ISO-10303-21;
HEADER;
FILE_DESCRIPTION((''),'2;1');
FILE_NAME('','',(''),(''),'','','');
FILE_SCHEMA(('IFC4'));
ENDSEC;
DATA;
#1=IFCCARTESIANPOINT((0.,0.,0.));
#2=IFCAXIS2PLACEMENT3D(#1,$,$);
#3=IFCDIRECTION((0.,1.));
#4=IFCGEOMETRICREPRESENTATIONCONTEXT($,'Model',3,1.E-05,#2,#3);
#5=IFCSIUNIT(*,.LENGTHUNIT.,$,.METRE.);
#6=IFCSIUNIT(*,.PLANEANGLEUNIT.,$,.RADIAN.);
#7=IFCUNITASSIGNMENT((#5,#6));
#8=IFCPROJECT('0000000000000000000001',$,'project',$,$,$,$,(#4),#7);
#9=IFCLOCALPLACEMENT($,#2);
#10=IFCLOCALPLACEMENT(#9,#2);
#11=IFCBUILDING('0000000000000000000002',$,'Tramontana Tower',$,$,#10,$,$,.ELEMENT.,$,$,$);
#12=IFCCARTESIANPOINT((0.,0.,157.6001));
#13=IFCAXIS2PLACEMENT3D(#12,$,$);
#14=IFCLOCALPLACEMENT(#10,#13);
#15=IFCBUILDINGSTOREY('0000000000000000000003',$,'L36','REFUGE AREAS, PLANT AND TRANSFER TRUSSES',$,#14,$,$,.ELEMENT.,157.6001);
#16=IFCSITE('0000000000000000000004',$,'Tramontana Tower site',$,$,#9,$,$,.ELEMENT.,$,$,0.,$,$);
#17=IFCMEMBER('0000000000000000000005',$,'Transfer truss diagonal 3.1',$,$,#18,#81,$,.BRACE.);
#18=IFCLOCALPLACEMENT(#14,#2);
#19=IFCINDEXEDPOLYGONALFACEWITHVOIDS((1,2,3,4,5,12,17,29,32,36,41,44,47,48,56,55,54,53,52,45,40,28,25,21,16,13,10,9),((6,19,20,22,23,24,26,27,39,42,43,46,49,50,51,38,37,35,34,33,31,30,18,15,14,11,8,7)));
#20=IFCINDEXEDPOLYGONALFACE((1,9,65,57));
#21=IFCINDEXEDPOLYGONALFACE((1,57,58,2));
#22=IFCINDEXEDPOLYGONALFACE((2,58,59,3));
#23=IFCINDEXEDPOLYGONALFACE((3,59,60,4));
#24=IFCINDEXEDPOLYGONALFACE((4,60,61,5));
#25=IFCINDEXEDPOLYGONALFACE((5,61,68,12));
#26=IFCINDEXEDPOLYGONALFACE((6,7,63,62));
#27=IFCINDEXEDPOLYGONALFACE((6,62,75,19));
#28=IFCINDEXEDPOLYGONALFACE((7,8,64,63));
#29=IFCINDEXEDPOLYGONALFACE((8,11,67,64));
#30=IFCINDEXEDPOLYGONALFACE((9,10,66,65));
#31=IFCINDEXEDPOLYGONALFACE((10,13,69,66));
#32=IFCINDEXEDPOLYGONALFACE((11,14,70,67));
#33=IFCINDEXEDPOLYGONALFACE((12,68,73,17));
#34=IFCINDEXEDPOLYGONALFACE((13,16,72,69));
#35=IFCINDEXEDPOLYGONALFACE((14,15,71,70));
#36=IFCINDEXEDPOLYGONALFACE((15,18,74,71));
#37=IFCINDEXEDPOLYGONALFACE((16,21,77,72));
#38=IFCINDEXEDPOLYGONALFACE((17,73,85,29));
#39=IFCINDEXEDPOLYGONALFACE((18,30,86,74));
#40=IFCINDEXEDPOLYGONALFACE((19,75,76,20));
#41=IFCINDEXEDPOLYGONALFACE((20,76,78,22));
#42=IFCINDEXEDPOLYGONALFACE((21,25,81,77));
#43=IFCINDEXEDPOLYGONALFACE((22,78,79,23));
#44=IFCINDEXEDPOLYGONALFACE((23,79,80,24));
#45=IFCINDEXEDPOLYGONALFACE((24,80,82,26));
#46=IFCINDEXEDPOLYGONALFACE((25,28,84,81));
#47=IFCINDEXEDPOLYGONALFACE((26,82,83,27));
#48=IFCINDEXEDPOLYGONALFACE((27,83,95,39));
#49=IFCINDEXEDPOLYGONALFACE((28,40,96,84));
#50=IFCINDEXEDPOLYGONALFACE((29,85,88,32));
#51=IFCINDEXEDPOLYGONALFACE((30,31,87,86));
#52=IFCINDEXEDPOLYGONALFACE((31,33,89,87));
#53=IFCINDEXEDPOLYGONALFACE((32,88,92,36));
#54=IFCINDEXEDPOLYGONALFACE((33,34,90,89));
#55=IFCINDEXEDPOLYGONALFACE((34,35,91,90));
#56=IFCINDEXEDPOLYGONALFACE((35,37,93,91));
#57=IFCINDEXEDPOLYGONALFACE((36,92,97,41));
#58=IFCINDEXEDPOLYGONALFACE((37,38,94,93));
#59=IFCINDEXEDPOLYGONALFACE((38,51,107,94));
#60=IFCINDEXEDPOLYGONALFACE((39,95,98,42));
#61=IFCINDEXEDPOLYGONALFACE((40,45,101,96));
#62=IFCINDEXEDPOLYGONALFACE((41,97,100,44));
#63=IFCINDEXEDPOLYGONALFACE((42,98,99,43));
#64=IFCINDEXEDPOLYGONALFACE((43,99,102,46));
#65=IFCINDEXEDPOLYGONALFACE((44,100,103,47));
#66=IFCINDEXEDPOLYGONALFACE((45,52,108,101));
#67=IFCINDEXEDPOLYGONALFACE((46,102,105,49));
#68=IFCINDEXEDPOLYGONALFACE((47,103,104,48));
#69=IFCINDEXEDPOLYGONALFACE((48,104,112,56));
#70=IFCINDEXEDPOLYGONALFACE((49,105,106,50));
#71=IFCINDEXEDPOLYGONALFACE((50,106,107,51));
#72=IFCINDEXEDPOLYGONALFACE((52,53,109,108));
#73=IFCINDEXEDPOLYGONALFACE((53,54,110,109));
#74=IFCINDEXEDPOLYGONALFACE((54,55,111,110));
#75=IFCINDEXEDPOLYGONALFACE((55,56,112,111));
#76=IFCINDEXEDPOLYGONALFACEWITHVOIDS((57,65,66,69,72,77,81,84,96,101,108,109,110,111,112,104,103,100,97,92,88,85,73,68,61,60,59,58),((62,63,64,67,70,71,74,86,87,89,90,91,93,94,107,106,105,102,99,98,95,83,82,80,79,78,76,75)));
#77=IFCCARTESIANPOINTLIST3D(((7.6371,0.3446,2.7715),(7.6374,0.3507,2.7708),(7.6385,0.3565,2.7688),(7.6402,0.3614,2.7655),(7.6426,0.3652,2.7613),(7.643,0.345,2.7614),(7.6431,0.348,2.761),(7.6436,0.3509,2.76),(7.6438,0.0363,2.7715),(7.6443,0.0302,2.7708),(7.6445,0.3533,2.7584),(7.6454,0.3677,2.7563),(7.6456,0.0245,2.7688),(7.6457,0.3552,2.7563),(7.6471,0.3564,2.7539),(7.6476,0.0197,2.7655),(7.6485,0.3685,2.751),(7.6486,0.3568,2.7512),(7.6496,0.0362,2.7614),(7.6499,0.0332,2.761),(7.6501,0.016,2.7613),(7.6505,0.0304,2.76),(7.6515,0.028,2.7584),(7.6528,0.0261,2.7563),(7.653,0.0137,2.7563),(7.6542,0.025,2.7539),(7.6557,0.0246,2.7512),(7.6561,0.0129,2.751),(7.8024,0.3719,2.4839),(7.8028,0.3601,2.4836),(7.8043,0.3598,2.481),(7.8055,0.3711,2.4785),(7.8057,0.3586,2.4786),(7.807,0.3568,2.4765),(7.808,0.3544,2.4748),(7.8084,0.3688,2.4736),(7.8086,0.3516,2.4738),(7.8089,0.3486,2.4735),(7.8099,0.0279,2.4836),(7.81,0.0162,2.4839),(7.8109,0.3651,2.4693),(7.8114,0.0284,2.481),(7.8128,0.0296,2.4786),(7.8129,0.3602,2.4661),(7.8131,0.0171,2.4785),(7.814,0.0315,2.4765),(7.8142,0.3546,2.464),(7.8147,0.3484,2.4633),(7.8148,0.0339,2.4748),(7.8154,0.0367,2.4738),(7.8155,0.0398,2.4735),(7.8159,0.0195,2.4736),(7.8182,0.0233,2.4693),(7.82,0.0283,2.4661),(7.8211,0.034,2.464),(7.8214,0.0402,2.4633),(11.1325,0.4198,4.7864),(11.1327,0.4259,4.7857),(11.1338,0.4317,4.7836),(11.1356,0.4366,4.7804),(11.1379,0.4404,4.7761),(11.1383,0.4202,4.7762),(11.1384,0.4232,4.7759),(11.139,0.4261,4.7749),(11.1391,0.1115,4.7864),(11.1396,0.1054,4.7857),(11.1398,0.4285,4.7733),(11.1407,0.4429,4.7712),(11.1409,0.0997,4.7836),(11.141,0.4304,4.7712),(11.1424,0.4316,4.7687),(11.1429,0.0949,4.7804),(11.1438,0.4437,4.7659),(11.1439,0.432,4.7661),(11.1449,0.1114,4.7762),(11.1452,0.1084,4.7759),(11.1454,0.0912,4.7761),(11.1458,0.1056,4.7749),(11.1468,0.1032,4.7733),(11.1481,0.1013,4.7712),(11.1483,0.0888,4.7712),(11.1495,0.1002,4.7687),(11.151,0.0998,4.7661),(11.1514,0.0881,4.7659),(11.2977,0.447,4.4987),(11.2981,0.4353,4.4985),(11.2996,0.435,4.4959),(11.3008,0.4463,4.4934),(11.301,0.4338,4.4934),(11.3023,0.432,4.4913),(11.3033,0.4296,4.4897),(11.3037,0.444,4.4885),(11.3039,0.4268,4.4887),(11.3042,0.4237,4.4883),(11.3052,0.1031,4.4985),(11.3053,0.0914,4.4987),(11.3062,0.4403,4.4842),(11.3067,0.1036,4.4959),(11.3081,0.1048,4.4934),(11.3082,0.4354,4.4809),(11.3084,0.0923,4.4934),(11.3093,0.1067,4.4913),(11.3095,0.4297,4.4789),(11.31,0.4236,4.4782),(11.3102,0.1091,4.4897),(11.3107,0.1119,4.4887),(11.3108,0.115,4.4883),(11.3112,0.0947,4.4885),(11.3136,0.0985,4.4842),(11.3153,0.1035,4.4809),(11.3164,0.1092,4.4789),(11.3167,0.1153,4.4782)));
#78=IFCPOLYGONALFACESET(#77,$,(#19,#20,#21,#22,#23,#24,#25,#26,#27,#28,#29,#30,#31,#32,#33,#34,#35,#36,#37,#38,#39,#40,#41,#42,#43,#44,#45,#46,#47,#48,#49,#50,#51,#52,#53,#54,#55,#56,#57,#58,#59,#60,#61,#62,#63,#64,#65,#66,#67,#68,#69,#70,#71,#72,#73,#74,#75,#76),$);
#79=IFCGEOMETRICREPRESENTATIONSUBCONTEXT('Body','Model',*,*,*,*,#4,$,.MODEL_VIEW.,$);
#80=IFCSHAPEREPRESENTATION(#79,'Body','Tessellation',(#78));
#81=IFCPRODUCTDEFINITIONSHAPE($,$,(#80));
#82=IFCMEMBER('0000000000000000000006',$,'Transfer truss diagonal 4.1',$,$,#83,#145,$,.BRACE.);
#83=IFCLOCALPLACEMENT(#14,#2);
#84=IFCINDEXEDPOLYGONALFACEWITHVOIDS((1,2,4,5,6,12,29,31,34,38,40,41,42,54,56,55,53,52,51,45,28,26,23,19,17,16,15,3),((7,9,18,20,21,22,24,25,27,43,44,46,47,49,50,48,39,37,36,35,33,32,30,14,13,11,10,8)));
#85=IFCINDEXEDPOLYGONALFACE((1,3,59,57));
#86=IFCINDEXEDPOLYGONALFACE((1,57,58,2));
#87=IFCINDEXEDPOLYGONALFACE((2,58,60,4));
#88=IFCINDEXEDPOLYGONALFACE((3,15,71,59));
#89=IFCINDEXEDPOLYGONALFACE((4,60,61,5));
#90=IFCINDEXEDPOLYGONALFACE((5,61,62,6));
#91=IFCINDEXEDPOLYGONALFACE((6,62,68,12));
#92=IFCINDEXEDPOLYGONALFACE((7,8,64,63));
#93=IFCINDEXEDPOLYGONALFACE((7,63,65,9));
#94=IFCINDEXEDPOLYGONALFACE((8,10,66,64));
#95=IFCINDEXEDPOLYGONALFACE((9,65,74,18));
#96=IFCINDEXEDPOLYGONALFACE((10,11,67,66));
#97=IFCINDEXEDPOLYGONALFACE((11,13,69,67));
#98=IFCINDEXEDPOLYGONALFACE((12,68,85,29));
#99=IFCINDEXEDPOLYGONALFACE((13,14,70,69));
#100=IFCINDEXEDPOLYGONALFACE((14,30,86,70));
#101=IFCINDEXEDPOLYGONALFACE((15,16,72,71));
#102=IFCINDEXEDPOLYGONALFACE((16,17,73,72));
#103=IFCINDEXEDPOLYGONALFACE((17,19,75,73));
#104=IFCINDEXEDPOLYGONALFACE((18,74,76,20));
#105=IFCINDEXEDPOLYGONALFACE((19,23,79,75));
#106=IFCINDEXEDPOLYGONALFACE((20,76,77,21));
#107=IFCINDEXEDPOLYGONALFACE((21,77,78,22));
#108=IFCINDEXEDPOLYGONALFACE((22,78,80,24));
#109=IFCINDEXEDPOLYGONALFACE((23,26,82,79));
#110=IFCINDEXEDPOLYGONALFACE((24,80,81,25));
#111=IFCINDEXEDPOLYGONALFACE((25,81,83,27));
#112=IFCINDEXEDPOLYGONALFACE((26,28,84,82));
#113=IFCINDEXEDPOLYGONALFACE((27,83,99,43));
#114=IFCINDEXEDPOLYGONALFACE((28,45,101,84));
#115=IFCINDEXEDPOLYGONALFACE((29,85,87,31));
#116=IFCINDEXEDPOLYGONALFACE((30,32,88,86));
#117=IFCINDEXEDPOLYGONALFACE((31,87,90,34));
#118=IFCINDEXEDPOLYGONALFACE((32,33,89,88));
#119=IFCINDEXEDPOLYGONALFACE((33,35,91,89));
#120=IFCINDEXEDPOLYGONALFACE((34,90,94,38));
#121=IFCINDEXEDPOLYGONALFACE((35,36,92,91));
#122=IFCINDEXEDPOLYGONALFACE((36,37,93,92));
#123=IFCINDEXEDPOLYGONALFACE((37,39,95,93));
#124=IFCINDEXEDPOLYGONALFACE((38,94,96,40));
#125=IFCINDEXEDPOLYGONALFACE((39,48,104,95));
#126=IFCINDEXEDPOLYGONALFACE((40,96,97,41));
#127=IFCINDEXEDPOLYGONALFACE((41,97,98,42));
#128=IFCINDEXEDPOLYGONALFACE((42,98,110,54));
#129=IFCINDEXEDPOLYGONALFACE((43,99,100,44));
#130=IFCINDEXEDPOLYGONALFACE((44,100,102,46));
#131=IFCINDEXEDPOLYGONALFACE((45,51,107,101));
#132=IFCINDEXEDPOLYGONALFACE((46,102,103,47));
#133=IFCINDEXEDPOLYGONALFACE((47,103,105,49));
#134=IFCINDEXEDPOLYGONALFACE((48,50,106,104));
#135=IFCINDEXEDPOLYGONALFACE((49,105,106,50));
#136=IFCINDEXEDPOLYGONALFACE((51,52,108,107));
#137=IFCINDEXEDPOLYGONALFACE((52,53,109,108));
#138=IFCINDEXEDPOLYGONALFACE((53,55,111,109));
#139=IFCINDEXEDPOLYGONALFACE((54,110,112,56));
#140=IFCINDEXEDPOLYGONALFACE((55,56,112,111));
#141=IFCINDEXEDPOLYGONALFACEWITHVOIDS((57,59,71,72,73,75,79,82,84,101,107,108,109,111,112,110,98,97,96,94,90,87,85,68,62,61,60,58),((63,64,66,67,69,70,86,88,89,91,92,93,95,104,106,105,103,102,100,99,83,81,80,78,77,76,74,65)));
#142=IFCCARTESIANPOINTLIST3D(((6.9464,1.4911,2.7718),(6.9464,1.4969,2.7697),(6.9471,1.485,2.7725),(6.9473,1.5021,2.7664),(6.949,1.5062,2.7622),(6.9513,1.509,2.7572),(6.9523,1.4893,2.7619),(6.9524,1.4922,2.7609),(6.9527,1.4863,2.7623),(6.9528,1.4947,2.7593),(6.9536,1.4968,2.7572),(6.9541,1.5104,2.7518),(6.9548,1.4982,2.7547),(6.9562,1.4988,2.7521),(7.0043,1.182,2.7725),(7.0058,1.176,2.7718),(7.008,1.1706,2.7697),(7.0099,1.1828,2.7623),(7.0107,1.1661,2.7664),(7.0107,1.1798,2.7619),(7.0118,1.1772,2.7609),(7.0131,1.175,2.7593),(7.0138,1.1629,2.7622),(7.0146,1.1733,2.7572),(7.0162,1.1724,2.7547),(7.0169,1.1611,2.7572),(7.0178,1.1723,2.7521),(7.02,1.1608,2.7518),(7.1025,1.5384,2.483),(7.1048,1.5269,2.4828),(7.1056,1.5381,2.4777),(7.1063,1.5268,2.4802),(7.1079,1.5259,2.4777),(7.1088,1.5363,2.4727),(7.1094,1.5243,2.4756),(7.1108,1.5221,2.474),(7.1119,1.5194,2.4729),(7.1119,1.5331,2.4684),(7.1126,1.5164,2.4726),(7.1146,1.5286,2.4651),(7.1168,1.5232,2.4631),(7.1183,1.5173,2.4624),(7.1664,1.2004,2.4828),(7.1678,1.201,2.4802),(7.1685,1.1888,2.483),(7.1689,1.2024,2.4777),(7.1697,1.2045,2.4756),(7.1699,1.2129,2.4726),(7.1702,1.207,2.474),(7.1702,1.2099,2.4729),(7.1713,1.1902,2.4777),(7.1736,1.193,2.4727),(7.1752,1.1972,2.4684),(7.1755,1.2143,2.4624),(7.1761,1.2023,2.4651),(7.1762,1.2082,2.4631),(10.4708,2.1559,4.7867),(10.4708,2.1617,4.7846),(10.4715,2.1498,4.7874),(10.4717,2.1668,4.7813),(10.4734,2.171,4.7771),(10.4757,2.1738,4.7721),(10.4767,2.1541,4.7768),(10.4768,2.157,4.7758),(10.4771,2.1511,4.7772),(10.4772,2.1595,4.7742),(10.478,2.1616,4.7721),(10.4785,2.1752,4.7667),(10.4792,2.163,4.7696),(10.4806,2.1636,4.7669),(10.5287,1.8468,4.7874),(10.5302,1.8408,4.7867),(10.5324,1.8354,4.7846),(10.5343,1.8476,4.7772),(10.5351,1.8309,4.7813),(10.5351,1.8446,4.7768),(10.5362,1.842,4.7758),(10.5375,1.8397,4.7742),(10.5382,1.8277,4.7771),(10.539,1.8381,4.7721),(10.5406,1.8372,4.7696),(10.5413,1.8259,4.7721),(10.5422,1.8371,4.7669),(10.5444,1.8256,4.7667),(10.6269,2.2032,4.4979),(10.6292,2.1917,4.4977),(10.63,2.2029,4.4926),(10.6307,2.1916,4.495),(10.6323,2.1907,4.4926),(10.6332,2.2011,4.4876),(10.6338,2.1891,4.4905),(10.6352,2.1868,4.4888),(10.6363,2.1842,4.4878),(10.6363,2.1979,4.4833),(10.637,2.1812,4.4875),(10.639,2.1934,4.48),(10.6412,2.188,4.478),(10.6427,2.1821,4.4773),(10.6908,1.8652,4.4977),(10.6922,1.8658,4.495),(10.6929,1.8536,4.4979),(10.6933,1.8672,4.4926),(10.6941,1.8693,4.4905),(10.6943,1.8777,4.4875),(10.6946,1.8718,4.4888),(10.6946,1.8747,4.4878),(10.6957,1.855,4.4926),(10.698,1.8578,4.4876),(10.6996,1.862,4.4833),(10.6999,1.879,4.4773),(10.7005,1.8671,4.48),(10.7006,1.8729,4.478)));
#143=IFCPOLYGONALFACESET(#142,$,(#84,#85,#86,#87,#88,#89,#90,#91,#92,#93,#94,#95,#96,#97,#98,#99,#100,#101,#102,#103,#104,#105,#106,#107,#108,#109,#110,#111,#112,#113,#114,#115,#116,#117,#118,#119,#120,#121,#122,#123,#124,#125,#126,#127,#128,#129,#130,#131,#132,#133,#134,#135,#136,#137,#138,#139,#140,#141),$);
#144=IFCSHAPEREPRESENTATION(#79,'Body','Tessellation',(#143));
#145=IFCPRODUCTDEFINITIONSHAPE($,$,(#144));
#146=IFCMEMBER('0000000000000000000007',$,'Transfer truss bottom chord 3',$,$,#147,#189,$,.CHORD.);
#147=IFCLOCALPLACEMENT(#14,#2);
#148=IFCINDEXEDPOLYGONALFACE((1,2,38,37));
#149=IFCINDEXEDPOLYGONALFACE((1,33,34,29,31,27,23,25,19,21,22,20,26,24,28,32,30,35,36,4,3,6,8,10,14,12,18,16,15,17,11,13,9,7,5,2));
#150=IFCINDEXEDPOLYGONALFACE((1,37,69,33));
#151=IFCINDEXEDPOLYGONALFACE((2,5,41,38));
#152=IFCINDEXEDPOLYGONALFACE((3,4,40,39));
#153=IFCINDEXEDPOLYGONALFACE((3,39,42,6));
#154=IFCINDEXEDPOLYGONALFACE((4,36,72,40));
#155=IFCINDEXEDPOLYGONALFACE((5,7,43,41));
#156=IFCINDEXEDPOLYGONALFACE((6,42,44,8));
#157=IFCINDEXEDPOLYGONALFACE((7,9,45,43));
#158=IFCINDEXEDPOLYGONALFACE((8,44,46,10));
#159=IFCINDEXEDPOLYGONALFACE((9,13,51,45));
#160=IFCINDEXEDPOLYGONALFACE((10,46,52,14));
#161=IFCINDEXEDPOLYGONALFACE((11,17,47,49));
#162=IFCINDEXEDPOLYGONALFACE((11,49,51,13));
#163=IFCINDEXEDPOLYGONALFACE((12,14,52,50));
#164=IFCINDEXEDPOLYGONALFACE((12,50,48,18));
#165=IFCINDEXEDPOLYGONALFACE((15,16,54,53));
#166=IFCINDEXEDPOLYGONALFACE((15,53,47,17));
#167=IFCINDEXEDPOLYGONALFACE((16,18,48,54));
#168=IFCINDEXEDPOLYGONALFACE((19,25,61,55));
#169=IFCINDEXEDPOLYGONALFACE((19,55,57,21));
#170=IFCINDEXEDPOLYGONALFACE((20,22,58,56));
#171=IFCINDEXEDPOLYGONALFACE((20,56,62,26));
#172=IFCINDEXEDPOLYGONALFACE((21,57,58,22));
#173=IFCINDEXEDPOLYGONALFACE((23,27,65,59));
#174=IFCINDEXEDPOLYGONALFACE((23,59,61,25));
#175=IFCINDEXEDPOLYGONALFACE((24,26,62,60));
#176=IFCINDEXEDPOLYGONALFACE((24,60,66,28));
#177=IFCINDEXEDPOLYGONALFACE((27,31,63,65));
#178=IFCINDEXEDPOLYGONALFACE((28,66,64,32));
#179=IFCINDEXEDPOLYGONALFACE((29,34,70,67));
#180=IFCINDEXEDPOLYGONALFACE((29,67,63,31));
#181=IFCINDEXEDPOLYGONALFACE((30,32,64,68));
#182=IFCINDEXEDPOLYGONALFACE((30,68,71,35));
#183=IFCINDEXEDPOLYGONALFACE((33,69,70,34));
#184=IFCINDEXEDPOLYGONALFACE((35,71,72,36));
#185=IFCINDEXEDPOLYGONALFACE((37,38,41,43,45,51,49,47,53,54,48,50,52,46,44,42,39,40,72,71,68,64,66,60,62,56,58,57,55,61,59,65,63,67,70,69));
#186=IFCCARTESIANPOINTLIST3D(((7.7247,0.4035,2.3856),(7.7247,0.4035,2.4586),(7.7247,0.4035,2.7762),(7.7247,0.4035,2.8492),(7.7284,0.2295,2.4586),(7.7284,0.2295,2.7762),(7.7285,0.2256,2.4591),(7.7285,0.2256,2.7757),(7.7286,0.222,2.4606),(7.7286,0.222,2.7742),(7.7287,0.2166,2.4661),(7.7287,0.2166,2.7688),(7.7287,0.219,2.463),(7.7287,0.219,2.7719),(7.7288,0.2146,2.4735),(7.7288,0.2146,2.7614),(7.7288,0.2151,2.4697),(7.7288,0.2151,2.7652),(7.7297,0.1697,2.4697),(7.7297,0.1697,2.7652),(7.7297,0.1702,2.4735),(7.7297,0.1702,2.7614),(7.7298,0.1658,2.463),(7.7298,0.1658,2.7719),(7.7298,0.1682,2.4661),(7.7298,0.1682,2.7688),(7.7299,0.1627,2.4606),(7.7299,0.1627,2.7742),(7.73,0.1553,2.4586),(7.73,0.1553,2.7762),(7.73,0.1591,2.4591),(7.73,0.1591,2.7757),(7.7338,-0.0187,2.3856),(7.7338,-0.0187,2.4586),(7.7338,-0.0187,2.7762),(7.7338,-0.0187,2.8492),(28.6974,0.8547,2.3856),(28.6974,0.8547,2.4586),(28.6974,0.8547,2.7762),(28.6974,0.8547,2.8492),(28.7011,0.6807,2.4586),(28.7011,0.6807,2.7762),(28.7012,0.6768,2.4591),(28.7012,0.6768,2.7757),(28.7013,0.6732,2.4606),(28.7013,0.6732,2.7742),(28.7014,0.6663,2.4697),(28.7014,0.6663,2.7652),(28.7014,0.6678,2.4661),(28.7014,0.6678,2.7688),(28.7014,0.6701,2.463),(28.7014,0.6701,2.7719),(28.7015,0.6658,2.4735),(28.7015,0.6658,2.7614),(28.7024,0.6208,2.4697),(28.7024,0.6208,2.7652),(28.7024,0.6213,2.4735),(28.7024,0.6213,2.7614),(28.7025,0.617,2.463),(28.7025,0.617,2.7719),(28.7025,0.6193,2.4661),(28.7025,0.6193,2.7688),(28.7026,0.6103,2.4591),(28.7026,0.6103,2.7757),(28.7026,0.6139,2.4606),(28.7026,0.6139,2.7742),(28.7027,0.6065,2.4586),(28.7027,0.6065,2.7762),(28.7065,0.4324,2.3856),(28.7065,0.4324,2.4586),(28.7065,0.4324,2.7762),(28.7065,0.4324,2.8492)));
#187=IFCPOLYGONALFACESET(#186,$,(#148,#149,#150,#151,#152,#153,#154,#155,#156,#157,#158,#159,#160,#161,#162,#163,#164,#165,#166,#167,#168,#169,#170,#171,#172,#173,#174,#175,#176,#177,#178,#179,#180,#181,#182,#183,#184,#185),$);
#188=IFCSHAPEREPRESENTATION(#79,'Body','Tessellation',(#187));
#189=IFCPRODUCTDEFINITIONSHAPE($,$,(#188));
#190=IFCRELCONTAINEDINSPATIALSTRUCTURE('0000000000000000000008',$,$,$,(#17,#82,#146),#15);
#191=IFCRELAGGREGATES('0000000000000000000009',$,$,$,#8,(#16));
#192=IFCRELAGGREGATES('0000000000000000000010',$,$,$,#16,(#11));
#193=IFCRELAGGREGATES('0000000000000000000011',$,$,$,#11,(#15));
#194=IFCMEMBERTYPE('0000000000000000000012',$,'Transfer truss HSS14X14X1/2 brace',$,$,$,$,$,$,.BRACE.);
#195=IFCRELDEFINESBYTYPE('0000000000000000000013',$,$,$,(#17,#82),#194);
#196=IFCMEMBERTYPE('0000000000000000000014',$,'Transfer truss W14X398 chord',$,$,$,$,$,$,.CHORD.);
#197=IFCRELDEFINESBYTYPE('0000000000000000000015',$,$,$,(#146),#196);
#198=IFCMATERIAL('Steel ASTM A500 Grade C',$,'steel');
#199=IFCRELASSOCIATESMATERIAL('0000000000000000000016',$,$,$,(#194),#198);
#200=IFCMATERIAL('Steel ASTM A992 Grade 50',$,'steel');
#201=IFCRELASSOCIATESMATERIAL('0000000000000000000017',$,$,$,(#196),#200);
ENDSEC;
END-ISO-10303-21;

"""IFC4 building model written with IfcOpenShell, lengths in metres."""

from ifc_helpers import new_model, si_unit, direction, frame, origin, origin_2d, place, context, subcontext, project, spatial, hollow_rectangle, i_section, extrude, material, material_profile, profile_set, type_object, element, save


model = new_model("IFC4")

# Units and contexts
model_context = context("Model", 3, precision=1e-05, world=origin(), true_north=direction((0.0, 1.0)))
body_context = subcontext(model_context, "Body", "Model", "MODEL_VIEW")
ifc_project = project(units=[si_unit("LENGTHUNIT", "METRE"), si_unit("PLANEANGLEUNIT", "RADIAN")], contexts=[model_context])

# Site, building, storey
site_placement = place(None, origin())
site = spatial("IfcSite", under=ifc_project, at=site_placement, Name="Tramontana Tower site", CompositionType="ELEMENT", RefElevation=0.0)
building_placement = place(site_placement, origin())
building = spatial("IfcBuilding", under=site, at=building_placement, Name="Tramontana Tower", CompositionType="ELEMENT")
storey_placement = place(building_placement, frame((0.0, 0.0, 157.6001)))
storey = spatial("IfcBuildingStorey", under=building, at=storey_placement, Name="L36", Description="REFUGE AREAS, PLANT AND TRANSFER TRUSSES", CompositionType="ELEMENT", Elevation=157.6001)

# Members
ifc_material_1 = material(Name="Steel ASTM A500 Grade C", Category="steel")
ifc_material_profile_1 = material_profile(ifc_material_1, hollow_rectangle(XDim=0.3557, YDim=0.3557, WallThickness=0.0117, InnerFilletRadius=0.0117, OuterFilletRadius=0.0237, at=origin_2d()), Name="HSS14X14X1/2")
ifc_profile_set_1 = profile_set([ifc_material_profile_1], Name="Steel ASTM A500 Grade C")
member_type_1 = type_object("IfcMemberType", Name="Transfer truss HSS14X14X1/2 brace", PredefinedType="BRACE", material=ifc_profile_set_1)
member_1_placement = place(storey_placement, frame((7.7292, 0.1924, 2.6174), z_axis=(0.866213, 0.018635, 0.499327), x_axis=(-0.021508, 0.999769, 0.0)))
element("IfcMember", 1, at=member_1_placement, inside=storey, type_object=member_type_1, Name="Transfer truss diagonal 3.1", PredefinedType="BRACE", context=body_context, shape_type="SweptSolid", body=[
    extrude(hollow_rectangle(XDim=0.3557, YDim=0.3557, WallThickness=0.0117, InnerFilletRadius=0.0117, OuterFilletRadius=0.0237, at=origin_2d()), origin(), (0.0, 0.0, 1.0), 4.0352),
])
member_2_placement = place(storey_placement, frame((7.0613, 1.3496, 2.6174), z_axis=(0.856732, 0.161602, 0.48979), x_axis=(-0.185357, 0.982671, 0.0)))
element("IfcMember", 2, at=member_2_placement, inside=storey, type_object=member_type_1, Name="Transfer truss diagonal 4.1", PredefinedType="BRACE", context=body_context, shape_type="SweptSolid", body=[
    extrude(hollow_rectangle(XDim=0.3557, YDim=0.3557, WallThickness=0.0117, InnerFilletRadius=0.0117, OuterFilletRadius=0.0237, at=origin_2d()), origin(), (0.0, 0.0, 1.0), 4.1138),
])
ifc_material_2 = material(Name="Steel ASTM A992 Grade 50", Category="steel")
ifc_material_profile_2 = material_profile(ifc_material_2, i_section(OverallWidth=0.4224, OverallDepth=0.4636, WebThickness=0.0444, FlangeThickness=0.073, FilletRadius=0.0149, at=origin_2d()), Name="W14X398")
ifc_profile_set_2 = profile_set([ifc_material_profile_2], Name="Steel ASTM A992 Grade 50")
member_type_2 = type_object("IfcMemberType", Name="Transfer truss W14X398 chord", PredefinedType="CHORD", material=ifc_profile_set_2)
for number, where, z_axis, x_axis, name in (
    (3, (7.7292, 0.1924, 2.6174), (0.999769, 0.021507, 0.0), (-0.021507, 0.999769, 0.0), "Transfer truss bottom chord 3"),
):
    element("IfcMember", number, at=place(storey_placement, frame(where, z_axis=z_axis, x_axis=x_axis)), inside=storey, type_object=member_type_2, Name=name, PredefinedType="CHORD", context=body_context, shape_type="SweptSolid", body=[
        extrude(i_section(OverallWidth=0.4224, OverallDepth=0.4636, WebThickness=0.0444, FlangeThickness=0.073, FilletRadius=0.0149, at=origin_2d()), origin(), (0.0, 0.0, 1.0), 20.9775),
    ])

save(model, "model.ifc")
